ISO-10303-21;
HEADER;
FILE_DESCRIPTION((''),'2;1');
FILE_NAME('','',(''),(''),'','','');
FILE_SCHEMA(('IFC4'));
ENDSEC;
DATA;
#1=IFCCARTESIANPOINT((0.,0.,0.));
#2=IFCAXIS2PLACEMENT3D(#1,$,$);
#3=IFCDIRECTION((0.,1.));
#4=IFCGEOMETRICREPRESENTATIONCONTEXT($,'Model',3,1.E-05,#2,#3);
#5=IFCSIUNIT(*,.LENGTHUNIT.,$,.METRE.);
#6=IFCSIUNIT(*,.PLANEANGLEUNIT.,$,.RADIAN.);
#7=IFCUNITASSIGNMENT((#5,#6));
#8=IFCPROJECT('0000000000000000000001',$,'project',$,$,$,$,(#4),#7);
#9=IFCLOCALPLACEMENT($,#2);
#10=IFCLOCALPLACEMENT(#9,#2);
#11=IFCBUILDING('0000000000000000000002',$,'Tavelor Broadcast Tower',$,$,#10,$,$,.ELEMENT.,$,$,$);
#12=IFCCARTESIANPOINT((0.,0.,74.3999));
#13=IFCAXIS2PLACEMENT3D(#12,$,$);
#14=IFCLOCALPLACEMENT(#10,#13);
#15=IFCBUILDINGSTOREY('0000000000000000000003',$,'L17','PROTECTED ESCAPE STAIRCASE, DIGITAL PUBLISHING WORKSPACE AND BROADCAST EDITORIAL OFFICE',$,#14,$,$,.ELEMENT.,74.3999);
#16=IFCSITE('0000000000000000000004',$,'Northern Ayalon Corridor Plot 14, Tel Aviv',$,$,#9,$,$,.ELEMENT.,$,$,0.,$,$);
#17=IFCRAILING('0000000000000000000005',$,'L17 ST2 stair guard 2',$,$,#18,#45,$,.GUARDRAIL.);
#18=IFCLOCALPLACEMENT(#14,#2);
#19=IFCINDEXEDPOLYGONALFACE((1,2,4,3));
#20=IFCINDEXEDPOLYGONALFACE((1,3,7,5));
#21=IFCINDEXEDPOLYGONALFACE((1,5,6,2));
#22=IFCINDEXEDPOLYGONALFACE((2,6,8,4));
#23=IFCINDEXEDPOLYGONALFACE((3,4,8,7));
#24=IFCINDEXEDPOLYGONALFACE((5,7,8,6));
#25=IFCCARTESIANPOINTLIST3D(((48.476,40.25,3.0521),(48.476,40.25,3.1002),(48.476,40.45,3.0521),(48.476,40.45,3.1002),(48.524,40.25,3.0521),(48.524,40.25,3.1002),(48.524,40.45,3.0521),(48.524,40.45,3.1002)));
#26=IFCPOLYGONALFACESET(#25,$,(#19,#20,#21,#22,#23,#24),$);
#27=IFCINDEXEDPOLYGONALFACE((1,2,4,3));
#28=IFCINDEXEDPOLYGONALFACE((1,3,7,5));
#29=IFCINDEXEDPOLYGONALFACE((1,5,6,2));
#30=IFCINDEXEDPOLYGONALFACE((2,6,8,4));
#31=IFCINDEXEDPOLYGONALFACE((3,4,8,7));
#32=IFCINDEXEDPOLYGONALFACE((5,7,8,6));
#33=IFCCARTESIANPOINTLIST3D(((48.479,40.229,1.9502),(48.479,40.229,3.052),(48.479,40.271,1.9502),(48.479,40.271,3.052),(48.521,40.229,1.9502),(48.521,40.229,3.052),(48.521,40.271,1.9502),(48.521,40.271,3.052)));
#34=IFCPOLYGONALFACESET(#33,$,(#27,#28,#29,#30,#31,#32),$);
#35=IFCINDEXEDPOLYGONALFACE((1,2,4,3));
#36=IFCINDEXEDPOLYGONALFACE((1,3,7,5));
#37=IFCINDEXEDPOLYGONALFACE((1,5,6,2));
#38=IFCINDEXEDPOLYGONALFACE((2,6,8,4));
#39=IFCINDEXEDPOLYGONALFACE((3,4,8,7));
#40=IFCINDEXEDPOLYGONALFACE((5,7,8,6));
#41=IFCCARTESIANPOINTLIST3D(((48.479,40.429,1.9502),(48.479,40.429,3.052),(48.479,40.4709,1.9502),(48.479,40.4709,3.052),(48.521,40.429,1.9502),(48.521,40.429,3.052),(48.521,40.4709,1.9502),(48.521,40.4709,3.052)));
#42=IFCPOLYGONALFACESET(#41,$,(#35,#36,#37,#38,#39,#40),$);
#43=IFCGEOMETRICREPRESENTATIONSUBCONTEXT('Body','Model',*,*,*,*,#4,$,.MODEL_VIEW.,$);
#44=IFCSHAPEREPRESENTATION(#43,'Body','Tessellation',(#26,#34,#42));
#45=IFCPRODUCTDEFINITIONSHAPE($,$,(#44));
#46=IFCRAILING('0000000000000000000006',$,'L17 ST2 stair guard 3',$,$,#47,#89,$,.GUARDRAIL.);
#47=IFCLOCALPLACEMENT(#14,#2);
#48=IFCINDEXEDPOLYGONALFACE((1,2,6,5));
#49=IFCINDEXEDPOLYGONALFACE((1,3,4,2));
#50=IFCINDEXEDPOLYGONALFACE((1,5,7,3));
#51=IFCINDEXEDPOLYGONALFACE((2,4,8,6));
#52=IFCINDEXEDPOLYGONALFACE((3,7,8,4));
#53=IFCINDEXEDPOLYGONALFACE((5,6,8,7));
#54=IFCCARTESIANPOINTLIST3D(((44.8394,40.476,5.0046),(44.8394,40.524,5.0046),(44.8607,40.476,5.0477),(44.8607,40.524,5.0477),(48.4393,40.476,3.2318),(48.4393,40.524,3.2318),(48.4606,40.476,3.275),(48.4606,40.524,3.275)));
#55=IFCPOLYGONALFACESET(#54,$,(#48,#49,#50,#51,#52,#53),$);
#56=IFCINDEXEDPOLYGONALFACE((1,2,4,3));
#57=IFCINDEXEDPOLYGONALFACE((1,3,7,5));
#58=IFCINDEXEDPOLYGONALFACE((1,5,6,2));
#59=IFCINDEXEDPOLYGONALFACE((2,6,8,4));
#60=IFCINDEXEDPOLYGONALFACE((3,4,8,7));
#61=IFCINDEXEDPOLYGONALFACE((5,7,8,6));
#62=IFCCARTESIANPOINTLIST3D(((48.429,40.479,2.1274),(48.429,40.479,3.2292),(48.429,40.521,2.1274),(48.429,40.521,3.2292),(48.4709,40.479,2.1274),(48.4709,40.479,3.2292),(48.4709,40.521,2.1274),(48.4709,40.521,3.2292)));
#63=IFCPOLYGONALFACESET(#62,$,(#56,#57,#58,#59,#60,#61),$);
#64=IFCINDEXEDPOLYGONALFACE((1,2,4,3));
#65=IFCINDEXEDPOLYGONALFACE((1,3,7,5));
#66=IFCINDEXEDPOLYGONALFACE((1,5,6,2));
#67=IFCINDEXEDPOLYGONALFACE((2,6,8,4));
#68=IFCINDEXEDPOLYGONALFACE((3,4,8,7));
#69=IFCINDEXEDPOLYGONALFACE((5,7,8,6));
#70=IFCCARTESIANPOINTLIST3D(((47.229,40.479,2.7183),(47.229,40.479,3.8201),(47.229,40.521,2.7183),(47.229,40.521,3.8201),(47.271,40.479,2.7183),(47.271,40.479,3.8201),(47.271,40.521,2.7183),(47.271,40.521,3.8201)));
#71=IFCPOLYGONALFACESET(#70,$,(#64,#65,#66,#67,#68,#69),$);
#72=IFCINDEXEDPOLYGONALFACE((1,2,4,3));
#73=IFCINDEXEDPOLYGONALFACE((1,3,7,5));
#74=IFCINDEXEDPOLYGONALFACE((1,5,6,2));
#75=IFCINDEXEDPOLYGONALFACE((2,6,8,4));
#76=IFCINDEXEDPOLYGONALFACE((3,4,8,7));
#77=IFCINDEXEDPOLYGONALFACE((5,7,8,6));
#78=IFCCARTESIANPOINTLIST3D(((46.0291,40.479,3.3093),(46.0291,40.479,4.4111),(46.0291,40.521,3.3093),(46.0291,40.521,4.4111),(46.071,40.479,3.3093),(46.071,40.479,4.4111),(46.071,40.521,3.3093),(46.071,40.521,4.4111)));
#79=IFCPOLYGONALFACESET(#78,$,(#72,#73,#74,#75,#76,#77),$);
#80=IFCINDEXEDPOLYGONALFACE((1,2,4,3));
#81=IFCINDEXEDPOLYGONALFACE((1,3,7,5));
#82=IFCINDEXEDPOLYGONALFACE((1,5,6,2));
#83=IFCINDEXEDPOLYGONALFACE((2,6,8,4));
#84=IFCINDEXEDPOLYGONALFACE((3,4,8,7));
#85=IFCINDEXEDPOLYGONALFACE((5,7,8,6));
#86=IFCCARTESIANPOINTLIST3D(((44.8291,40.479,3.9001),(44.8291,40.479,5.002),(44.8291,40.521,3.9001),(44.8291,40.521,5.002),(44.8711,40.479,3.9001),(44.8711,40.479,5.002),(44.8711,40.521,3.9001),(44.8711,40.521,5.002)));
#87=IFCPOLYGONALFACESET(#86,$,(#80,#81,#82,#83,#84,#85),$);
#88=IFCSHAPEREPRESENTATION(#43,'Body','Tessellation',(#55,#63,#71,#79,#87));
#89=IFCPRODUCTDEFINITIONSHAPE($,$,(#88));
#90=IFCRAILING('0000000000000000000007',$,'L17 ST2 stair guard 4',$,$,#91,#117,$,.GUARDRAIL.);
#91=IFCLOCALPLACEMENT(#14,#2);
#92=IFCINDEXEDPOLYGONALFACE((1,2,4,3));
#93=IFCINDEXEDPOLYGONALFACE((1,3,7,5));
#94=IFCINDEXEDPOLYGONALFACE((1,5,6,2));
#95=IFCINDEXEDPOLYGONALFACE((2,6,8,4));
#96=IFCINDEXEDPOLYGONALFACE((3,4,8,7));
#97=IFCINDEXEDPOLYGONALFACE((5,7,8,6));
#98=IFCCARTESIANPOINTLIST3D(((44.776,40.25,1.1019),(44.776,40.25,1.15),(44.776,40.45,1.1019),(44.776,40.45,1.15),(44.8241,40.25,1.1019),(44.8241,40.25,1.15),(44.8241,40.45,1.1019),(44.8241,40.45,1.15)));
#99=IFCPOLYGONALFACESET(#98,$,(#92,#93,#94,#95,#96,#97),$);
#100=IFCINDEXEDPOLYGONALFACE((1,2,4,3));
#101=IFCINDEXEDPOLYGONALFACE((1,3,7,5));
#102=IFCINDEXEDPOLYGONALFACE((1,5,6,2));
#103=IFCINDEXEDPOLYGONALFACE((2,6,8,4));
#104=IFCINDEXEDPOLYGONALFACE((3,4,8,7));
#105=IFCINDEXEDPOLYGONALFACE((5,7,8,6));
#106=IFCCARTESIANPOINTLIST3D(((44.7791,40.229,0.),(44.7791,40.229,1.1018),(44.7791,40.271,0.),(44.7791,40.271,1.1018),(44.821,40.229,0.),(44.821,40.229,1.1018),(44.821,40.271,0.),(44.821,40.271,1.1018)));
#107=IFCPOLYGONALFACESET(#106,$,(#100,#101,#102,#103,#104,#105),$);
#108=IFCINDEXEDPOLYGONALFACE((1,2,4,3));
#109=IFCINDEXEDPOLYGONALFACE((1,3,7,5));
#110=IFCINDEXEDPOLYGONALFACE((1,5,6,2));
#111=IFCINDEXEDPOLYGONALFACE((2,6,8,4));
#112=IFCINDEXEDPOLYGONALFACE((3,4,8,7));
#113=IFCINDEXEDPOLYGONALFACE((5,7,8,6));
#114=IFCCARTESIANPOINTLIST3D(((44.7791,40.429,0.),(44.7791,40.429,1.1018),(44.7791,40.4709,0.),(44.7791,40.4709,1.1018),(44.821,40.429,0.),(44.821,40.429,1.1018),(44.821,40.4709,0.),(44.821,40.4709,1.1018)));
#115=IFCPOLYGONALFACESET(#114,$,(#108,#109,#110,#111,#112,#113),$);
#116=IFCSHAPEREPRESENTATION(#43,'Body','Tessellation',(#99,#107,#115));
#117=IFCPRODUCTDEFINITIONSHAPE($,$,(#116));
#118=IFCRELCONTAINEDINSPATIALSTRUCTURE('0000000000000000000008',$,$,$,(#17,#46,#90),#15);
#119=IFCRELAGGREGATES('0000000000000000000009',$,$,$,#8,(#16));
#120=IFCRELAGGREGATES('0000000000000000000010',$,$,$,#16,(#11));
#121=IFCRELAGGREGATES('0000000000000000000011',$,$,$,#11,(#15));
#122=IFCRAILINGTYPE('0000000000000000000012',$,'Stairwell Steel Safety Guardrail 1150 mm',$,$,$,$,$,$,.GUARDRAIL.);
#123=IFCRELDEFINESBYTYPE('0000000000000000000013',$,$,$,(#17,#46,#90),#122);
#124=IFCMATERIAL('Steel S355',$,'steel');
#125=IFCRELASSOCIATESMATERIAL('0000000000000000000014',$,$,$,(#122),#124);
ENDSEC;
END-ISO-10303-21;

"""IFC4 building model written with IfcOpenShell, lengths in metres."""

from ifc_helpers import new_model, si_unit, direction, frame, origin, origin_2d, place, context, subcontext, project, spatial, rectangle, extrude, material, type_object, element, save


model = new_model("IFC4")

# Units and contexts
model_context = context("Model", 3, precision=1e-05, world=origin(), true_north=direction((0.0, 1.0)))
body_context = subcontext(model_context, "Body", "Model", "MODEL_VIEW")
ifc_project = project(units=[si_unit("LENGTHUNIT", "METRE"), si_unit("PLANEANGLEUNIT", "RADIAN")], contexts=[model_context])

# Site, building, storey
site_placement = place(None, origin())
site = spatial("IfcSite", under=ifc_project, at=site_placement, Name="Northern Ayalon Corridor Plot 14, Tel Aviv", CompositionType="ELEMENT", RefElevation=0.0)
building_placement = place(site_placement, origin())
building = spatial("IfcBuilding", under=site, at=building_placement, Name="Tavelor Broadcast Tower", CompositionType="ELEMENT")
storey_placement = place(building_placement, frame((0.0, 0.0, 74.3999)))
storey = spatial("IfcBuildingStorey", under=building, at=storey_placement, Name="L17", Description="PROTECTED ESCAPE STAIRCASE, DIGITAL PUBLISHING WORKSPACE AND BROADCAST EDITORIAL OFFICE", CompositionType="ELEMENT", Elevation=74.3999)

# Shared definitions
ifc_material_1 = material(Name="Steel S355", Category="steel")

# Railings
railing_type_1 = type_object("IfcRailingType", Name="Stairwell Steel Safety Guardrail 1150 mm", PredefinedType="GUARDRAIL", material=ifc_material_1)
railing_1_placement = place(storey_placement, frame((48.5, 40.25, 1.9502)))
element("IfcRailing", 1, at=railing_1_placement, inside=storey, type_object=railing_type_1, Name="L17 ST2 stair guard 2", PredefinedType="GUARDRAIL", context=body_context, shape_type="SweptSolid", body=[
    extrude(rectangle(XDim=0.0481, YDim=0.0481, at=origin_2d()), frame((0.0, 0.0, 1.126), z_axis=(0.0, 1.0, 0.0), x_axis=(-1.0, 0.0, 0.0)), (0.0, 0.0, 1.0), 0.2),
    extrude(rectangle(XDim=0.042, YDim=0.042, at=origin_2d()), origin(), (0.0, 0.0, 1.0), 1.1018),
    extrude(rectangle(XDim=0.042, YDim=0.042, at=origin_2d()), frame((0.0, 0.2, 0.0)), (0.0, 0.0, 1.0), 1.1018),
])
railing_2_placement = place(storey_placement, frame((48.45, 40.5, 2.1274)))
element("IfcRailing", 2, at=railing_2_placement, inside=storey, type_object=railing_type_1, Name="L17 ST2 stair guard 3", PredefinedType="GUARDRAIL", context=body_context, shape_type="SweptSolid", body=[
    extrude(rectangle(XDim=0.0481, YDim=0.0481, at=origin_2d()), frame((0.0, 0.0, 1.126), z_axis=(-0.897124, 0.0, 0.441778), x_axis=(0.0, -1.0, 0.0)), (0.0, 0.0, 1.0), 4.0127),
    extrude(rectangle(XDim=0.042, YDim=0.042, at=origin_2d()), origin(), (0.0, 0.0, 1.0), 1.1018),
    extrude(rectangle(XDim=0.042, YDim=0.042, at=origin_2d()), frame((-1.2, 0.0, 0.5908)), (0.0, 0.0, 1.0), 1.1018),
    extrude(rectangle(XDim=0.042, YDim=0.042, at=origin_2d()), frame((-2.3999, 0.0, 1.1819)), (0.0, 0.0, 1.0), 1.1018),
    extrude(rectangle(XDim=0.042, YDim=0.042, at=origin_2d()), frame((-3.5999, 0.0, 1.7727)), (0.0, 0.0, 1.0), 1.1018),
])
railing_3_placement = place(storey_placement, frame((44.8, 40.25, 0.0)))
element("IfcRailing", 3, at=railing_3_placement, inside=storey, type_object=railing_type_1, Name="L17 ST2 stair guard 4", PredefinedType="GUARDRAIL", context=body_context, shape_type="SweptSolid", body=[
    extrude(rectangle(XDim=0.0481, YDim=0.0481, at=origin_2d()), frame((0.0, 0.0, 1.126), z_axis=(0.0, 1.0, 0.0), x_axis=(-1.0, 0.0, 0.0)), (0.0, 0.0, 1.0), 0.2),
    extrude(rectangle(XDim=0.042, YDim=0.042, at=origin_2d()), origin(), (0.0, 0.0, 1.0), 1.1018),
    extrude(rectangle(XDim=0.042, YDim=0.042, at=origin_2d()), frame((0.0, 0.2, 0.0)), (0.0, 0.0, 1.0), 1.1018),
])

save(model, "model.ifc")
